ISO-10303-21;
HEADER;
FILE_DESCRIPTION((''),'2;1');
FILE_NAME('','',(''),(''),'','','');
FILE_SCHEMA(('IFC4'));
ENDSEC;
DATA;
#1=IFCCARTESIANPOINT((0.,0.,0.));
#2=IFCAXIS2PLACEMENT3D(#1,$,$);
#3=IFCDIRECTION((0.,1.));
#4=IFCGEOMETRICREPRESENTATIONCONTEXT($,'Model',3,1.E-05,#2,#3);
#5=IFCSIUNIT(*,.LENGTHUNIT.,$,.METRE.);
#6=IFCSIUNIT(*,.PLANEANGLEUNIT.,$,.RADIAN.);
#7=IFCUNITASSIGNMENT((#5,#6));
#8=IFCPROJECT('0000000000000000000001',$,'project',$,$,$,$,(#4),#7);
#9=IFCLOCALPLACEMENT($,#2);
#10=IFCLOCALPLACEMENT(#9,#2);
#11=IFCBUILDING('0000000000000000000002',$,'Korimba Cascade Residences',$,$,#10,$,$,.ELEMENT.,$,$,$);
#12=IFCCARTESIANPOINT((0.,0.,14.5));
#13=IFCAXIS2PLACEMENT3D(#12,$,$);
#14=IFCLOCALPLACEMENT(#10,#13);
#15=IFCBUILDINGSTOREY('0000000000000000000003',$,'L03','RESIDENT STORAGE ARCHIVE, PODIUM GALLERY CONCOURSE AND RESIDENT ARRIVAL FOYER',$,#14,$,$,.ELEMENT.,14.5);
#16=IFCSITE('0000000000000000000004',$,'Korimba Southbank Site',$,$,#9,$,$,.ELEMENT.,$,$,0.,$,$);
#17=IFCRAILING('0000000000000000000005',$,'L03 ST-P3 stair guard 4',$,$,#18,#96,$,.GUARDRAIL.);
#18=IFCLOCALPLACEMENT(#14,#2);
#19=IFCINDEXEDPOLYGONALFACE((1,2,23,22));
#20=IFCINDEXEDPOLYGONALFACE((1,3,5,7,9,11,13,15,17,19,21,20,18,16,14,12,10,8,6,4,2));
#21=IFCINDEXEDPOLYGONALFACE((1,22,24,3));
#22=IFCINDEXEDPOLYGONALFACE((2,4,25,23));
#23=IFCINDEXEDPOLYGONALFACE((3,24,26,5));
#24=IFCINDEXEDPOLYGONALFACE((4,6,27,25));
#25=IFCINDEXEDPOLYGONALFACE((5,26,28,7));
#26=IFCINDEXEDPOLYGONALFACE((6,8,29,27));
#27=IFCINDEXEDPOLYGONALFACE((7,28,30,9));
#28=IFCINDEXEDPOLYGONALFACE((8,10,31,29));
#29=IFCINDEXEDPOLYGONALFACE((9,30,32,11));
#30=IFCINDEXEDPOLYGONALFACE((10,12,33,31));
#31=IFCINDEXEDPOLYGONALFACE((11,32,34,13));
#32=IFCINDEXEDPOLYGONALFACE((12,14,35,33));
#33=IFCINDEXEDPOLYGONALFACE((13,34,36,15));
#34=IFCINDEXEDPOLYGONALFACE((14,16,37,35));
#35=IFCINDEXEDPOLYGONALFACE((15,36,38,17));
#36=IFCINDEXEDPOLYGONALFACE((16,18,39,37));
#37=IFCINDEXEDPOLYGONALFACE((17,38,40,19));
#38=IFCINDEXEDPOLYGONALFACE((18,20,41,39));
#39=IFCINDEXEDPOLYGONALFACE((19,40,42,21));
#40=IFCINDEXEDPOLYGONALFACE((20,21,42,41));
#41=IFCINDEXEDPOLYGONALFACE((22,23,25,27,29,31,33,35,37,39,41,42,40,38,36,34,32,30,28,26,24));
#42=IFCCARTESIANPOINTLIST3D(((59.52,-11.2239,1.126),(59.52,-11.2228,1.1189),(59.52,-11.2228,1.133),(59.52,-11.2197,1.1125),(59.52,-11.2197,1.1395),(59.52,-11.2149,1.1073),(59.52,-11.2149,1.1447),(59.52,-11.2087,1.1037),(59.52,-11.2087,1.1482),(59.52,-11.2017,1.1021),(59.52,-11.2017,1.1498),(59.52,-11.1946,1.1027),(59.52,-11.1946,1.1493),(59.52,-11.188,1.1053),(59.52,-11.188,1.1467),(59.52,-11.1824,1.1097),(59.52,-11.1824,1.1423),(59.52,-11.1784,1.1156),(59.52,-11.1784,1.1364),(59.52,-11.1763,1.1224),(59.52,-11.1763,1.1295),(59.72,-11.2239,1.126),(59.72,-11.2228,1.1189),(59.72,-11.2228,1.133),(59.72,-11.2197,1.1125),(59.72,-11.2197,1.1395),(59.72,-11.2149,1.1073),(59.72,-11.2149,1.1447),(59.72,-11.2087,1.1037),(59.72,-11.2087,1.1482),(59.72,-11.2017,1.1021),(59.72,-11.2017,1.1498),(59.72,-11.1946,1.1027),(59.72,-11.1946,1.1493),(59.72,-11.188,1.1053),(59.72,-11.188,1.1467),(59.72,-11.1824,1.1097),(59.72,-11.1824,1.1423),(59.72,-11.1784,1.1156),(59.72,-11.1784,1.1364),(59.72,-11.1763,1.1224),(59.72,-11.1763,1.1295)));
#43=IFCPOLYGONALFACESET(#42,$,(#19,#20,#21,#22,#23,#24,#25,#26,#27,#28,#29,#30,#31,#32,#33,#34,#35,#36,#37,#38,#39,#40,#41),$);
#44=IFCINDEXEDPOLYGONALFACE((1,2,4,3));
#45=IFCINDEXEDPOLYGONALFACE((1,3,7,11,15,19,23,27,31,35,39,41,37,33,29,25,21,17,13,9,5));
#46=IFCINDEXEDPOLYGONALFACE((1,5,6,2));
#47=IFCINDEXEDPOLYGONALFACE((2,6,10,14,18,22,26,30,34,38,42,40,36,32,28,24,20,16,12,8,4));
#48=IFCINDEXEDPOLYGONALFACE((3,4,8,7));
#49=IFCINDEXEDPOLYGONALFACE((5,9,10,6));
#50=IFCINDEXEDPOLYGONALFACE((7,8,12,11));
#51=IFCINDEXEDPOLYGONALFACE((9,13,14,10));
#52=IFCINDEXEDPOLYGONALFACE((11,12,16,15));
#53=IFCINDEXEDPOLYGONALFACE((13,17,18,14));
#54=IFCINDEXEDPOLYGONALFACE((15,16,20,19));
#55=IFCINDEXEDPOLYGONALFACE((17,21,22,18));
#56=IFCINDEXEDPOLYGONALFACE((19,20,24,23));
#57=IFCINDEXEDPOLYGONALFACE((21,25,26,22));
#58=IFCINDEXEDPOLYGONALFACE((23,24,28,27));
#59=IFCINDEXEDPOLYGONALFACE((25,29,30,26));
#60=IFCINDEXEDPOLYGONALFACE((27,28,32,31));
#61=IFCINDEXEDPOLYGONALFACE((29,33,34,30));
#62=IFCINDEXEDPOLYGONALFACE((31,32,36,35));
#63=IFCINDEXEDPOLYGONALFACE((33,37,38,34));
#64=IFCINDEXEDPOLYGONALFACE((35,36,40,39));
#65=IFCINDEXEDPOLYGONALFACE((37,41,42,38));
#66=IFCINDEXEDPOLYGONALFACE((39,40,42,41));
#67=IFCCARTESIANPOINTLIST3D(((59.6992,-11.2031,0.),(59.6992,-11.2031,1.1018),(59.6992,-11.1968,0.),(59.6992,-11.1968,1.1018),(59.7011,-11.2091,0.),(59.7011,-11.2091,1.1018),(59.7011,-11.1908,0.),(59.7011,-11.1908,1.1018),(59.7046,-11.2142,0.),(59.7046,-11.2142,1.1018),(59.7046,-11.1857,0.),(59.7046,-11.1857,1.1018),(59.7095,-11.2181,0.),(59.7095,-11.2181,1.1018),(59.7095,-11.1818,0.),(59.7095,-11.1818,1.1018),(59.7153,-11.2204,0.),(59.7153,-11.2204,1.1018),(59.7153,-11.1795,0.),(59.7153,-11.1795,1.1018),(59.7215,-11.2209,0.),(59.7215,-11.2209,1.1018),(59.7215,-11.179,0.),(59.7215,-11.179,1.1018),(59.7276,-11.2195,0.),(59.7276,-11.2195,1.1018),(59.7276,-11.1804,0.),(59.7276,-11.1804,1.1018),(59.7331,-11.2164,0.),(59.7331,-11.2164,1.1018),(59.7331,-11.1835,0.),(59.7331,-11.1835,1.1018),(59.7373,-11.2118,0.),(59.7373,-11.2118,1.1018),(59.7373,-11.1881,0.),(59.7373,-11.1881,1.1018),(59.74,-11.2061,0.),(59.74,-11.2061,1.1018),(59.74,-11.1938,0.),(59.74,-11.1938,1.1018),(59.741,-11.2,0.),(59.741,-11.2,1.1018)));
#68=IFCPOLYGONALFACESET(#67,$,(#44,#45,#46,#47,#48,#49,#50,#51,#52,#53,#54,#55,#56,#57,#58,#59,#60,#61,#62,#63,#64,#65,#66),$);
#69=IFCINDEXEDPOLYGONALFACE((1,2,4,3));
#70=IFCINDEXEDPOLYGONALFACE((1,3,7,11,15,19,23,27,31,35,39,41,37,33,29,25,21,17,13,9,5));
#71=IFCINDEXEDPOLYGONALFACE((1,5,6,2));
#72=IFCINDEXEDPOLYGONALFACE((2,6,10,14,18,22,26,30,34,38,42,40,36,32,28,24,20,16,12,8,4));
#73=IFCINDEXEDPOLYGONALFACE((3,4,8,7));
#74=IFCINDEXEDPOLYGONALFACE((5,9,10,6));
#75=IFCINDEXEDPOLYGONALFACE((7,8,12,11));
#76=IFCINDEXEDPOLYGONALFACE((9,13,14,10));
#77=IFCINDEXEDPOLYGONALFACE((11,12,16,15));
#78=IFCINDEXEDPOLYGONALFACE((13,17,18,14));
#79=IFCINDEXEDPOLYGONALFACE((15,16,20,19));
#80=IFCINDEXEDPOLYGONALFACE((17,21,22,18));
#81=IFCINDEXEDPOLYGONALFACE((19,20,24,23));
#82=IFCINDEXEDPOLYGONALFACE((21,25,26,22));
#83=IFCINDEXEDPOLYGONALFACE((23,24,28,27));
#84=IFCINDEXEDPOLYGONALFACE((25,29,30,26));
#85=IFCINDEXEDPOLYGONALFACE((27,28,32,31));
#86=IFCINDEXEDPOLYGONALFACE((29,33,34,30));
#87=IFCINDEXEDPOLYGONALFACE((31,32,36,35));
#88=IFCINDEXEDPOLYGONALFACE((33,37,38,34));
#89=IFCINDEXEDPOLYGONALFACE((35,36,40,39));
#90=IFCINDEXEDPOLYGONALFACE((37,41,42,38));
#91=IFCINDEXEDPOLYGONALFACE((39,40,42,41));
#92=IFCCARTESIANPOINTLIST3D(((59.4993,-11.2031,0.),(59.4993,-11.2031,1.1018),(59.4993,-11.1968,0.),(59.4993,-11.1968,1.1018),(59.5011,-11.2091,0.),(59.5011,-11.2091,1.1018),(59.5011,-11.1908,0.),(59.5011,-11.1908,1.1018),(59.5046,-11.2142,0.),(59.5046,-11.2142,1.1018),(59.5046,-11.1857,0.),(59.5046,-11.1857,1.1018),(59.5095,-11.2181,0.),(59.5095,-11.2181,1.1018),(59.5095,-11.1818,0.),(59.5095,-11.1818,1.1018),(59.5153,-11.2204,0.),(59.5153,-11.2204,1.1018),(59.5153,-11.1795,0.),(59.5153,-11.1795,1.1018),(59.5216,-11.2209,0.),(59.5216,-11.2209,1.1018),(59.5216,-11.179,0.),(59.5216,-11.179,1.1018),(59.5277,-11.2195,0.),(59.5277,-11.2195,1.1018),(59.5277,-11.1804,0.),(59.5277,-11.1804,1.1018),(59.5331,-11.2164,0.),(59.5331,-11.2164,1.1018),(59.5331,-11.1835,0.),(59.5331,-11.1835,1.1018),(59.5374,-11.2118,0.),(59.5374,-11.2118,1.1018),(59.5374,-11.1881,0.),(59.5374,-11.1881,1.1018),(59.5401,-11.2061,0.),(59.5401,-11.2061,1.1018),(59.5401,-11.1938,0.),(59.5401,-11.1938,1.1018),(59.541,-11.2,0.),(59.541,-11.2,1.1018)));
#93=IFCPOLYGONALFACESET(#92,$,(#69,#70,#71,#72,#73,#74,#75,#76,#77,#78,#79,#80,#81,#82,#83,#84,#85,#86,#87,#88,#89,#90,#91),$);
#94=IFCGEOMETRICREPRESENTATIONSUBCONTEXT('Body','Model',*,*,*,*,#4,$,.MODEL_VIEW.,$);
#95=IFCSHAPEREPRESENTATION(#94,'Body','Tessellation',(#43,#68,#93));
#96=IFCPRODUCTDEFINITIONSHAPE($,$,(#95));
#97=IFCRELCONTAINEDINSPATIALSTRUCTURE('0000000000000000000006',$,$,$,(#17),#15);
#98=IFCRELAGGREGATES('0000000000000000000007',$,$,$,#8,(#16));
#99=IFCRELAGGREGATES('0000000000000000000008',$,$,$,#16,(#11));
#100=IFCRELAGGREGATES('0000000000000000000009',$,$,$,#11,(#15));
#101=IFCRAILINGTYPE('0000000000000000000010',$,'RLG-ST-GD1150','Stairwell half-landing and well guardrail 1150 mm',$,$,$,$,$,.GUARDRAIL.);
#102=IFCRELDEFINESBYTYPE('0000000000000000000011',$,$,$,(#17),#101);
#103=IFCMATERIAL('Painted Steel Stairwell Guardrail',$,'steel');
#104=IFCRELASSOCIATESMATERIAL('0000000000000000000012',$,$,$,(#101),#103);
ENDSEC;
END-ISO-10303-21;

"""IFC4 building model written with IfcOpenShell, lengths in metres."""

from ifc_helpers import new_model, si_unit, direction, frame, origin, origin_2d, place, context, subcontext, project, spatial, circle, extrude, material, type_object, element, save


model = new_model("IFC4")

# Units and contexts
model_context = context("Model", 3, precision=1e-05, world=origin(), true_north=direction((0.0, 1.0)))
body_context = subcontext(model_context, "Body", "Model", "MODEL_VIEW")
ifc_project = project(units=[si_unit("LENGTHUNIT", "METRE"), si_unit("PLANEANGLEUNIT", "RADIAN")], contexts=[model_context])

# Site, building, storey
site_placement = place(None, origin())
site = spatial("IfcSite", under=ifc_project, at=site_placement, Name="Korimba Southbank Site", CompositionType="ELEMENT", RefElevation=0.0)
building_placement = place(site_placement, origin())
building = spatial("IfcBuilding", under=site, at=building_placement, Name="Korimba Cascade Residences", CompositionType="ELEMENT")
storey_placement = place(building_placement, frame((0.0, 0.0, 14.5)))
storey = spatial("IfcBuildingStorey", under=building, at=storey_placement, Name="L03", Description="RESIDENT STORAGE ARCHIVE, PODIUM GALLERY CONCOURSE AND RESIDENT ARRIVAL FOYER", CompositionType="ELEMENT", Elevation=14.5)

# Railing
ifc_material_1 = material(Name="Painted Steel Stairwell Guardrail", Category="steel")
railing_type_1 = type_object("IfcRailingType", Name="RLG-ST-GD1150", Description="Stairwell half-landing and well guardrail 1150 mm", PredefinedType="GUARDRAIL", material=ifc_material_1)
railing_1_placement = place(storey_placement, frame((59.72, -11.2, 0.0)))
element("IfcRailing", 1, at=railing_1_placement, inside=storey, type_object=railing_type_1, Name="L03 ST-P3 stair guard 4", PredefinedType="GUARDRAIL", context=body_context, shape_type="SweptSolid", body=[
    extrude(circle(Radius=0.0239, at=origin_2d()), frame((0.0, 0.0, 1.126), z_axis=(-1.0, 0.0, 0.0), x_axis=(0.0, -1.0, 0.0)), (0.0, 0.0, 1.0), 0.2),
    extrude(circle(Radius=0.021, at=origin_2d()), origin(), (0.0, 0.0, 1.0), 1.1018),
    extrude(circle(Radius=0.021, at=origin_2d()), frame((-0.2, 0.0, 0.0)), (0.0, 0.0, 1.0), 1.1018),
])

save(model, "model.ifc")
